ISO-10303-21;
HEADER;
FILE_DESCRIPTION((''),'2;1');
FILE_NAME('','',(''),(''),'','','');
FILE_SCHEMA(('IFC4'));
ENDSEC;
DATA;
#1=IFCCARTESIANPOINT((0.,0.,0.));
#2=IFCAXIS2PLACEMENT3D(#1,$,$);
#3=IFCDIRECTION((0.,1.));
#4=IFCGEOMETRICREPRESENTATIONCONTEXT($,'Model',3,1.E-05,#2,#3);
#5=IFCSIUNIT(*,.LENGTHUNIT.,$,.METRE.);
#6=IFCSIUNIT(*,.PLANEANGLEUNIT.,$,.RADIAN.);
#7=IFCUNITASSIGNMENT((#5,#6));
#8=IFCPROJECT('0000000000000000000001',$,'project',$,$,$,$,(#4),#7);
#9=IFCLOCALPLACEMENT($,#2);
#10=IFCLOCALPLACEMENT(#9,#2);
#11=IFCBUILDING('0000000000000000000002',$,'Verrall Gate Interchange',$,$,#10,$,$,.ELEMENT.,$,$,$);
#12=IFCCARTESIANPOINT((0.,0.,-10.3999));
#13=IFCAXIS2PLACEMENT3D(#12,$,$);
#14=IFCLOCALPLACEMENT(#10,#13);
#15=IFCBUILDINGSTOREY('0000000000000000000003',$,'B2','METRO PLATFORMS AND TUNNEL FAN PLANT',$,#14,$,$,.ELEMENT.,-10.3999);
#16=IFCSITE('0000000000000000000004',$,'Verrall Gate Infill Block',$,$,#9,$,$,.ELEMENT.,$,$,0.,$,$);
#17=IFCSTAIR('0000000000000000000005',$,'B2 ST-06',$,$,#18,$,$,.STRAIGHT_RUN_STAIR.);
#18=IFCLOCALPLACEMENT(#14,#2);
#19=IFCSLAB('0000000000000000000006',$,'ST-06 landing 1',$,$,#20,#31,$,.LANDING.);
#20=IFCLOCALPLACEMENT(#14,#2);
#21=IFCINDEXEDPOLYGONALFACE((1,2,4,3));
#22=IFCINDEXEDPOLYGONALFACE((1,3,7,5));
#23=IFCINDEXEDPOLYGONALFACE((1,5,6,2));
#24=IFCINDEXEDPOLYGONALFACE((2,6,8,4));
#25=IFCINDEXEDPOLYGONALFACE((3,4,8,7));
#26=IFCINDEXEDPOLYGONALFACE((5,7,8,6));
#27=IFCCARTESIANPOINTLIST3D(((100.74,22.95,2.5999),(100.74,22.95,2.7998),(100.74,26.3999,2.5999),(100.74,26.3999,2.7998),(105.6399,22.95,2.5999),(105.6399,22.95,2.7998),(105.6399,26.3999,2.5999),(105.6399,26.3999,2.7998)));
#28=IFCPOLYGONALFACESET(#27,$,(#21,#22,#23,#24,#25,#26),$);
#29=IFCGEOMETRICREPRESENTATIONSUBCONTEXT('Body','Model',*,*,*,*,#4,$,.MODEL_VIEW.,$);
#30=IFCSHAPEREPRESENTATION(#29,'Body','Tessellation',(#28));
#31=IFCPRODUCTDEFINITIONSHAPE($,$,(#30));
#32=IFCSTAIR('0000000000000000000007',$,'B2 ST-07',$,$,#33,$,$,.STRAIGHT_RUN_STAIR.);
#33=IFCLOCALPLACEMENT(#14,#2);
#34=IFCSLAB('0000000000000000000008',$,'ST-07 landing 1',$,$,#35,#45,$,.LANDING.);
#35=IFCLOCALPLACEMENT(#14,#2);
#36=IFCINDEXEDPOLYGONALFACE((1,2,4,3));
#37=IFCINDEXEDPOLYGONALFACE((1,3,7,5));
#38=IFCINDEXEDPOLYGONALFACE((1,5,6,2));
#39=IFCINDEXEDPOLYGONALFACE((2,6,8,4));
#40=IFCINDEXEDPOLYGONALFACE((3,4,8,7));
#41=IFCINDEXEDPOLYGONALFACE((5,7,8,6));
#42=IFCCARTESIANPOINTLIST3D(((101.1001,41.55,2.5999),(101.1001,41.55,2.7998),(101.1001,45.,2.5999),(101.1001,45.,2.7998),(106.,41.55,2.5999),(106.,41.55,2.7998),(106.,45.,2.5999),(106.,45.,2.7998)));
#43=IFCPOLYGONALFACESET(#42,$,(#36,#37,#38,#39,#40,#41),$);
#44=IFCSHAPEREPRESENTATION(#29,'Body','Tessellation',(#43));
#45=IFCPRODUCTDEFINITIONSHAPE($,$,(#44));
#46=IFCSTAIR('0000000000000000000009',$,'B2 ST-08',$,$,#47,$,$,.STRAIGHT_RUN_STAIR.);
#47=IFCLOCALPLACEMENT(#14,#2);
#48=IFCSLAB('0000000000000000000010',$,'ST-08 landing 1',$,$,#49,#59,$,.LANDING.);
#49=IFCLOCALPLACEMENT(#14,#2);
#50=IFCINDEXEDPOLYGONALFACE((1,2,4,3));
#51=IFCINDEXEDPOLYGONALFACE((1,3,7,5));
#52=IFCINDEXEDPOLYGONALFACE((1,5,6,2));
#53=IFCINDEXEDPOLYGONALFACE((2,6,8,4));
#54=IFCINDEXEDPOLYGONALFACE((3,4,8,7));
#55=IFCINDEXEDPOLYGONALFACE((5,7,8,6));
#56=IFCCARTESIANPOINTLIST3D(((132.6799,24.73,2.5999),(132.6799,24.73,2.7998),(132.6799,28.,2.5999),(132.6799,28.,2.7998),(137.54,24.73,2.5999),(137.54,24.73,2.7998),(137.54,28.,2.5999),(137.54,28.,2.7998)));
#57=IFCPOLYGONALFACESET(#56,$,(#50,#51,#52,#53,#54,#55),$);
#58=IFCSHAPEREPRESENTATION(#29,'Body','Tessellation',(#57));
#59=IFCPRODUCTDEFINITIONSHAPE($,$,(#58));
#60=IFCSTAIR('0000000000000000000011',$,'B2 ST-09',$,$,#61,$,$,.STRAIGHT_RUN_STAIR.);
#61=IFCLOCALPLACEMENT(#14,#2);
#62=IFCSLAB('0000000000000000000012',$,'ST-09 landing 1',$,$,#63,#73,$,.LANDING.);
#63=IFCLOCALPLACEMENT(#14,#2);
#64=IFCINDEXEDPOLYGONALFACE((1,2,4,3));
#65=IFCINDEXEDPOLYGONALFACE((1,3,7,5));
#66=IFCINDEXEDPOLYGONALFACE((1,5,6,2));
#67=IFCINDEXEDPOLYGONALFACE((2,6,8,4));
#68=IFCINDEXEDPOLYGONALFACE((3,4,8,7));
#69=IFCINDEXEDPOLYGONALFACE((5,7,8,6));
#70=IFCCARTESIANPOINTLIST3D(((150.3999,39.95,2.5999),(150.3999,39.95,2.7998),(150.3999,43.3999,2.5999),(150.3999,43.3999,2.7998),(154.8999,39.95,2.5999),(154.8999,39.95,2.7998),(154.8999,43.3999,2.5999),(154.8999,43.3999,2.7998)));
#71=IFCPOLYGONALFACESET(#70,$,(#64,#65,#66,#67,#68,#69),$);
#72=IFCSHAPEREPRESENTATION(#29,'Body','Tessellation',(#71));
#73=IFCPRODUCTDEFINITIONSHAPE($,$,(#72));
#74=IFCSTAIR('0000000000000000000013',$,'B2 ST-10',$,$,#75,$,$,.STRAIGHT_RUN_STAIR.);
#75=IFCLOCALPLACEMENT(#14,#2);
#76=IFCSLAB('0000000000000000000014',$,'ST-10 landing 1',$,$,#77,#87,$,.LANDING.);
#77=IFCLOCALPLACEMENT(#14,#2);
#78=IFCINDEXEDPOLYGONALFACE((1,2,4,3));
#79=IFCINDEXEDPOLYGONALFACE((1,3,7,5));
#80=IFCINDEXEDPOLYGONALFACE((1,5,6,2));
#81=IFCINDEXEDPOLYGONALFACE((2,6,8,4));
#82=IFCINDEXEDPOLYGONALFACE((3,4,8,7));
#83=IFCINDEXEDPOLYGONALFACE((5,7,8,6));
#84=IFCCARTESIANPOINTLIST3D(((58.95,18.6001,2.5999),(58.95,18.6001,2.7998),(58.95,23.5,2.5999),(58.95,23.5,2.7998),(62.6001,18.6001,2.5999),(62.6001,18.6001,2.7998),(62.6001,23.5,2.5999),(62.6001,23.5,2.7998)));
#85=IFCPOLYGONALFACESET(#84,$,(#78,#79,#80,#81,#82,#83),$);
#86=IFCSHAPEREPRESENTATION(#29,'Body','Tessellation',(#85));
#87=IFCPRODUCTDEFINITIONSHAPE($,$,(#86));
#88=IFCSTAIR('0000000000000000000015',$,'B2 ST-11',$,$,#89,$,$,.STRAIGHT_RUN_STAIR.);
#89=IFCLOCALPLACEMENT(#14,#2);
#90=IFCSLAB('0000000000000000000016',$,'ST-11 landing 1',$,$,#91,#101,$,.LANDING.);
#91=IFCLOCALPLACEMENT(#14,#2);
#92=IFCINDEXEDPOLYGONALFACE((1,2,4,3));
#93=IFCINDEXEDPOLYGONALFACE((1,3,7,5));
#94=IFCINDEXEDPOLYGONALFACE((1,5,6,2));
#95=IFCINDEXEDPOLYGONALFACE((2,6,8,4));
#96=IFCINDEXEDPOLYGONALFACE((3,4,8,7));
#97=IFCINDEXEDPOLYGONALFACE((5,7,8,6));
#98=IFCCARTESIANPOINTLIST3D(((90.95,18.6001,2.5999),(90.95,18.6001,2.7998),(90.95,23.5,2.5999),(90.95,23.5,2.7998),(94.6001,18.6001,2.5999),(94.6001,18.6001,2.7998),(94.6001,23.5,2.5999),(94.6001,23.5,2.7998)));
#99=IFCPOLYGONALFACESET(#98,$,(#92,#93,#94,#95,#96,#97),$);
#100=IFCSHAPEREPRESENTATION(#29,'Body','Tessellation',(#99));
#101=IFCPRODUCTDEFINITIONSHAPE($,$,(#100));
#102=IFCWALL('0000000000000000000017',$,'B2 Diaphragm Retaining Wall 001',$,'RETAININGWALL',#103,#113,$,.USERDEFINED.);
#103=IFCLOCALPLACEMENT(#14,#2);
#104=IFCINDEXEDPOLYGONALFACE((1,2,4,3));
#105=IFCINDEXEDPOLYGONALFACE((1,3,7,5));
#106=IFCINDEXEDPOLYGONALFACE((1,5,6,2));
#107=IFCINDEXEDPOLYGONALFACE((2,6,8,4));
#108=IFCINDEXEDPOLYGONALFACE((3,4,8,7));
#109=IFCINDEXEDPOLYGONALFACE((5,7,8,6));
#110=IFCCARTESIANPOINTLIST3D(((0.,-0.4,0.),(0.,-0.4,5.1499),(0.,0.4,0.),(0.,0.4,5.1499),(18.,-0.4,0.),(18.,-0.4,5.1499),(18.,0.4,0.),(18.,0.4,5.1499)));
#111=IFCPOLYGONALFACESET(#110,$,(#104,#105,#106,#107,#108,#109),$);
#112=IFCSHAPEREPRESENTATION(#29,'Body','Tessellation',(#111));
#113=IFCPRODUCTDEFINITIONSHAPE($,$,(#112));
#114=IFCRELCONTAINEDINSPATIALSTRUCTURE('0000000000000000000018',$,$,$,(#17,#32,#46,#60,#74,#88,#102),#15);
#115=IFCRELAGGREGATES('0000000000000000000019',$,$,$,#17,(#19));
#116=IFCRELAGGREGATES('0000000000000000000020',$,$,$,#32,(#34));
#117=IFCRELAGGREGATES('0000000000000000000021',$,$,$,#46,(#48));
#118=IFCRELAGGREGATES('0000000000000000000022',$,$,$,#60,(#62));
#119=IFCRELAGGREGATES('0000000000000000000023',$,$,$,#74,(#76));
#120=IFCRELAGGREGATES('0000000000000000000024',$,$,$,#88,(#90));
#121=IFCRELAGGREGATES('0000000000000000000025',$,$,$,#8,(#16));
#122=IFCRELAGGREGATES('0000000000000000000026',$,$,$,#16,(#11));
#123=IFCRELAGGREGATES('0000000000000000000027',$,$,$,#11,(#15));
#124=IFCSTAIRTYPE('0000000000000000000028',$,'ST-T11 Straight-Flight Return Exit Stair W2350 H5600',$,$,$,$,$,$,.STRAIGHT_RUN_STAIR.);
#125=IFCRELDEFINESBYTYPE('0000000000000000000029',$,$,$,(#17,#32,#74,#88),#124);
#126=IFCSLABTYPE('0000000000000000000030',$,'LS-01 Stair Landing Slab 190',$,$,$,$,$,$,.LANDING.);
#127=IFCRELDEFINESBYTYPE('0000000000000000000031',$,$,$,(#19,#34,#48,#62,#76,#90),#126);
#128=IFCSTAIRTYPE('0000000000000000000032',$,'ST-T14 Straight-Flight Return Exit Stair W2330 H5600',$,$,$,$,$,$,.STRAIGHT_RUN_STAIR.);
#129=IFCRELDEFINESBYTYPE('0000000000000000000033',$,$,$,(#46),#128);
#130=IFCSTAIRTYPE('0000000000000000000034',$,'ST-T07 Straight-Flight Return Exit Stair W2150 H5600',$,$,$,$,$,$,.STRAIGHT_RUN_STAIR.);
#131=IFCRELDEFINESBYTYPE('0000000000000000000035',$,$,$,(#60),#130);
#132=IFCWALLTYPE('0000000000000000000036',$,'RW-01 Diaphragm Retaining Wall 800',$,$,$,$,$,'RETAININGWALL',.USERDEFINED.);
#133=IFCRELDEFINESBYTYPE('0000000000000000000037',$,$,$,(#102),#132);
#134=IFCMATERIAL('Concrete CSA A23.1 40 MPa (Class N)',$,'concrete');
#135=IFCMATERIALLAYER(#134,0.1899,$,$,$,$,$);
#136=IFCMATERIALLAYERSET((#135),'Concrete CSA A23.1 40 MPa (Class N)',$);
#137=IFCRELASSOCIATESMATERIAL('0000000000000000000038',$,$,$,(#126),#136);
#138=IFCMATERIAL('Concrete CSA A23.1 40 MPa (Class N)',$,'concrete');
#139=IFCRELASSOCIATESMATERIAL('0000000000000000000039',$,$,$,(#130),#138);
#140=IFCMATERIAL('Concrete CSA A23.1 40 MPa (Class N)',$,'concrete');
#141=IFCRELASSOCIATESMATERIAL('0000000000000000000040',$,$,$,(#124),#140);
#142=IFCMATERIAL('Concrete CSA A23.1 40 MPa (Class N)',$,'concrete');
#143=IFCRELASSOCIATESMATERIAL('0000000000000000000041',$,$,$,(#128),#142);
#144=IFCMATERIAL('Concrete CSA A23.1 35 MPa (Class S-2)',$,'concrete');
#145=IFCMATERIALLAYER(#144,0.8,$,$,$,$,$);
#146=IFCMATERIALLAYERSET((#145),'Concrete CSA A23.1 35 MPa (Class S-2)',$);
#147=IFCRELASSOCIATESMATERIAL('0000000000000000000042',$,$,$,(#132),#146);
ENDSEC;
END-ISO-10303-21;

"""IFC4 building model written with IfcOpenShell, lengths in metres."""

from ifc_helpers import new_model, si_unit, direction, frame, frame_2d, origin, origin_with_axes, place, context, subcontext, project, spatial, polyline, rectangle, outline, extrude, material, layer, layer_set, type_object, element, aggregate, save


model = new_model("IFC4")

# Units and contexts
model_context = context("Model", 3, precision=1e-05, world=origin(), true_north=direction((0.0, 1.0)))
body_context = subcontext(model_context, "Body", "Model", "MODEL_VIEW")
ifc_project = project(units=[si_unit("LENGTHUNIT", "METRE"), si_unit("PLANEANGLEUNIT", "RADIAN")], contexts=[model_context])

# Site, building, storey
site_placement = place(None, origin())
site = spatial("IfcSite", under=ifc_project, at=site_placement, Name="Verrall Gate Infill Block", CompositionType="ELEMENT", RefElevation=0.0)
building_placement = place(site_placement, origin())
building = spatial("IfcBuilding", under=site, at=building_placement, Name="Verrall Gate Interchange", CompositionType="ELEMENT")
storey_placement = place(building_placement, frame((0.0, 0.0, -10.3999)))
storey = spatial("IfcBuildingStorey", under=building, at=storey_placement, Name="B2", Description="METRO PLATFORMS AND TUNNEL FAN PLANT", CompositionType="ELEMENT", Elevation=-10.3999)

# Stairs, slabs
ifc_material_1 = material(Name="Concrete CSA A23.1 40 MPa (Class N)", Category="concrete")
ifc_layer_1 = layer(ifc_material_1, 0.1899)
ifc_layer_set_1 = layer_set([ifc_layer_1], Name="Concrete CSA A23.1 40 MPa (Class N)")
slab_type_1 = type_object("IfcSlabType", Name="LS-01 Stair Landing Slab 190", PredefinedType="LANDING", material=ifc_layer_set_1)
ifc_material_2 = material(Name="Concrete CSA A23.1 40 MPa (Class N)", Category="concrete")
stair_type_1 = type_object("IfcStairType", Name="ST-T07 Straight-Flight Return Exit Stair W2150 H5600", PredefinedType="STRAIGHT_RUN_STAIR", material=ifc_material_2)
ifc_material_3 = material(Name="Concrete CSA A23.1 40 MPa (Class N)", Category="concrete")
stair_type_2 = type_object("IfcStairType", Name="ST-T11 Straight-Flight Return Exit Stair W2350 H5600", PredefinedType="STRAIGHT_RUN_STAIR", material=ifc_material_3)
stair_1_placement = place(storey_placement, origin())
stair_1 = element("IfcStair", 1, at=stair_1_placement, inside=storey, type_object=stair_type_2, Name="B2 ST-06", PredefinedType="STRAIGHT_RUN_STAIR")
slab_1_placement = place(storey_placement, frame((0.0, 0.0, 2.5999)))
slab_1 = element("IfcSlab", 2, at=slab_1_placement, type_object=slab_type_1, Name="ST-06 landing 1", PredefinedType="LANDING", context=body_context, shape_type="SweptSolid", body=[
    extrude(outline(polyline([(105.6399, 22.95), (105.6399, 26.3999), (100.74, 26.3999), (100.74, 22.95), (105.6399, 22.95)])), origin(), (0.0, 0.0, 1.0), 0.2),
])
aggregate(stair_1, [slab_1])
stair_2_placement = place(storey_placement, origin())
stair_2 = element("IfcStair", 3, at=stair_2_placement, inside=storey, type_object=stair_type_2, Name="B2 ST-07", PredefinedType="STRAIGHT_RUN_STAIR")
slab_2_placement = place(storey_placement, frame((0.0, 0.0, 2.5999)))
slab_2 = element("IfcSlab", 4, at=slab_2_placement, type_object=slab_type_1, Name="ST-07 landing 1", PredefinedType="LANDING", context=body_context, shape_type="SweptSolid", body=[
    extrude(outline(polyline([(106.0, 41.55), (106.0, 45.0), (101.1001, 45.0), (101.1001, 41.55), (106.0, 41.55)])), origin(), (0.0, 0.0, 1.0), 0.2),
])
aggregate(stair_2, [slab_2])
ifc_material_4 = material(Name="Concrete CSA A23.1 40 MPa (Class N)", Category="concrete")
stair_type_3 = type_object("IfcStairType", Name="ST-T14 Straight-Flight Return Exit Stair W2330 H5600", PredefinedType="STRAIGHT_RUN_STAIR", material=ifc_material_4)
stair_3_placement = place(storey_placement, origin())
stair_3 = element("IfcStair", 5, at=stair_3_placement, inside=storey, type_object=stair_type_3, Name="B2 ST-08", PredefinedType="STRAIGHT_RUN_STAIR")
slab_3_placement = place(storey_placement, frame((0.0, 0.0, 2.5999)))
slab_3 = element("IfcSlab", 6, at=slab_3_placement, type_object=slab_type_1, Name="ST-08 landing 1", PredefinedType="LANDING", context=body_context, shape_type="SweptSolid", body=[
    extrude(outline(polyline([(137.54, 24.73), (137.54, 28.0), (132.6799, 28.0), (132.6799, 24.73), (137.54, 24.73)])), origin(), (0.0, 0.0, 1.0), 0.2),
])
aggregate(stair_3, [slab_3])
stair_4_placement = place(storey_placement, origin())
stair_4 = element("IfcStair", 7, at=stair_4_placement, inside=storey, type_object=stair_type_1, Name="B2 ST-09", PredefinedType="STRAIGHT_RUN_STAIR")
slab_4_placement = place(storey_placement, frame((0.0, 0.0, 2.5999)))
slab_4 = element("IfcSlab", 8, at=slab_4_placement, type_object=slab_type_1, Name="ST-09 landing 1", PredefinedType="LANDING", context=body_context, shape_type="SweptSolid", body=[
    extrude(outline(polyline([(154.8999, 39.95), (154.8999, 43.3999), (150.3999, 43.3999), (150.3999, 39.95), (154.8999, 39.95)])), origin(), (0.0, 0.0, 1.0), 0.2),
])
aggregate(stair_4, [slab_4])
stair_5_placement = place(storey_placement, origin())
stair_5 = element("IfcStair", 9, at=stair_5_placement, inside=storey, type_object=stair_type_2, Name="B2 ST-10", PredefinedType="STRAIGHT_RUN_STAIR")
slab_5_placement = place(storey_placement, frame((0.0, 0.0, 2.5999)))
slab_5 = element("IfcSlab", 10, at=slab_5_placement, type_object=slab_type_1, Name="ST-10 landing 1", PredefinedType="LANDING", context=body_context, shape_type="SweptSolid", body=[
    extrude(outline(polyline([(58.95, 18.6001), (62.6001, 18.6001), (62.6001, 23.5), (58.95, 23.5), (58.95, 18.6001)])), origin(), (0.0, 0.0, 1.0), 0.2),
])
aggregate(stair_5, [slab_5])
stair_6_placement = place(storey_placement, origin())
stair_6 = element("IfcStair", 11, at=stair_6_placement, inside=storey, type_object=stair_type_2, Name="B2 ST-11", PredefinedType="STRAIGHT_RUN_STAIR")
slab_6_placement = place(storey_placement, frame((0.0, 0.0, 2.5999)))
slab_6 = element("IfcSlab", 12, at=slab_6_placement, type_object=slab_type_1, Name="ST-11 landing 1", PredefinedType="LANDING", context=body_context, shape_type="SweptSolid", body=[
    extrude(outline(polyline([(90.95, 18.6001), (94.6001, 18.6001), (94.6001, 23.5), (90.95, 23.5), (90.95, 18.6001)])), origin(), (0.0, 0.0, 1.0), 0.2),
])
aggregate(stair_6, [slab_6])

# Wall
ifc_material_5 = material(Name="Concrete CSA A23.1 35 MPa (Class S-2)", Category="concrete")
ifc_layer_2 = layer(ifc_material_5, 0.8)
ifc_layer_set_2 = layer_set([ifc_layer_2], Name="Concrete CSA A23.1 35 MPa (Class S-2)")
wall_type = type_object("IfcWallType", Name="RW-01 Diaphragm Retaining Wall 800", ElementType="RETAININGWALL", PredefinedType="USERDEFINED", material=ifc_layer_set_2)
wall_placement = place(storey_placement, origin_with_axes())
element("IfcWall", 13, at=wall_placement, inside=storey, type_object=wall_type, Name="B2 Diaphragm Retaining Wall 001", ObjectType="RETAININGWALL", PredefinedType="USERDEFINED", context=body_context, shape_type="SweptSolid", body=[
    extrude(rectangle(XDim=18.0, YDim=0.8, at=frame_2d((9.0, 0.0))), origin(), (0.0, 0.0, 1.0), 5.1499),
])

save(model, "model.ifc")
